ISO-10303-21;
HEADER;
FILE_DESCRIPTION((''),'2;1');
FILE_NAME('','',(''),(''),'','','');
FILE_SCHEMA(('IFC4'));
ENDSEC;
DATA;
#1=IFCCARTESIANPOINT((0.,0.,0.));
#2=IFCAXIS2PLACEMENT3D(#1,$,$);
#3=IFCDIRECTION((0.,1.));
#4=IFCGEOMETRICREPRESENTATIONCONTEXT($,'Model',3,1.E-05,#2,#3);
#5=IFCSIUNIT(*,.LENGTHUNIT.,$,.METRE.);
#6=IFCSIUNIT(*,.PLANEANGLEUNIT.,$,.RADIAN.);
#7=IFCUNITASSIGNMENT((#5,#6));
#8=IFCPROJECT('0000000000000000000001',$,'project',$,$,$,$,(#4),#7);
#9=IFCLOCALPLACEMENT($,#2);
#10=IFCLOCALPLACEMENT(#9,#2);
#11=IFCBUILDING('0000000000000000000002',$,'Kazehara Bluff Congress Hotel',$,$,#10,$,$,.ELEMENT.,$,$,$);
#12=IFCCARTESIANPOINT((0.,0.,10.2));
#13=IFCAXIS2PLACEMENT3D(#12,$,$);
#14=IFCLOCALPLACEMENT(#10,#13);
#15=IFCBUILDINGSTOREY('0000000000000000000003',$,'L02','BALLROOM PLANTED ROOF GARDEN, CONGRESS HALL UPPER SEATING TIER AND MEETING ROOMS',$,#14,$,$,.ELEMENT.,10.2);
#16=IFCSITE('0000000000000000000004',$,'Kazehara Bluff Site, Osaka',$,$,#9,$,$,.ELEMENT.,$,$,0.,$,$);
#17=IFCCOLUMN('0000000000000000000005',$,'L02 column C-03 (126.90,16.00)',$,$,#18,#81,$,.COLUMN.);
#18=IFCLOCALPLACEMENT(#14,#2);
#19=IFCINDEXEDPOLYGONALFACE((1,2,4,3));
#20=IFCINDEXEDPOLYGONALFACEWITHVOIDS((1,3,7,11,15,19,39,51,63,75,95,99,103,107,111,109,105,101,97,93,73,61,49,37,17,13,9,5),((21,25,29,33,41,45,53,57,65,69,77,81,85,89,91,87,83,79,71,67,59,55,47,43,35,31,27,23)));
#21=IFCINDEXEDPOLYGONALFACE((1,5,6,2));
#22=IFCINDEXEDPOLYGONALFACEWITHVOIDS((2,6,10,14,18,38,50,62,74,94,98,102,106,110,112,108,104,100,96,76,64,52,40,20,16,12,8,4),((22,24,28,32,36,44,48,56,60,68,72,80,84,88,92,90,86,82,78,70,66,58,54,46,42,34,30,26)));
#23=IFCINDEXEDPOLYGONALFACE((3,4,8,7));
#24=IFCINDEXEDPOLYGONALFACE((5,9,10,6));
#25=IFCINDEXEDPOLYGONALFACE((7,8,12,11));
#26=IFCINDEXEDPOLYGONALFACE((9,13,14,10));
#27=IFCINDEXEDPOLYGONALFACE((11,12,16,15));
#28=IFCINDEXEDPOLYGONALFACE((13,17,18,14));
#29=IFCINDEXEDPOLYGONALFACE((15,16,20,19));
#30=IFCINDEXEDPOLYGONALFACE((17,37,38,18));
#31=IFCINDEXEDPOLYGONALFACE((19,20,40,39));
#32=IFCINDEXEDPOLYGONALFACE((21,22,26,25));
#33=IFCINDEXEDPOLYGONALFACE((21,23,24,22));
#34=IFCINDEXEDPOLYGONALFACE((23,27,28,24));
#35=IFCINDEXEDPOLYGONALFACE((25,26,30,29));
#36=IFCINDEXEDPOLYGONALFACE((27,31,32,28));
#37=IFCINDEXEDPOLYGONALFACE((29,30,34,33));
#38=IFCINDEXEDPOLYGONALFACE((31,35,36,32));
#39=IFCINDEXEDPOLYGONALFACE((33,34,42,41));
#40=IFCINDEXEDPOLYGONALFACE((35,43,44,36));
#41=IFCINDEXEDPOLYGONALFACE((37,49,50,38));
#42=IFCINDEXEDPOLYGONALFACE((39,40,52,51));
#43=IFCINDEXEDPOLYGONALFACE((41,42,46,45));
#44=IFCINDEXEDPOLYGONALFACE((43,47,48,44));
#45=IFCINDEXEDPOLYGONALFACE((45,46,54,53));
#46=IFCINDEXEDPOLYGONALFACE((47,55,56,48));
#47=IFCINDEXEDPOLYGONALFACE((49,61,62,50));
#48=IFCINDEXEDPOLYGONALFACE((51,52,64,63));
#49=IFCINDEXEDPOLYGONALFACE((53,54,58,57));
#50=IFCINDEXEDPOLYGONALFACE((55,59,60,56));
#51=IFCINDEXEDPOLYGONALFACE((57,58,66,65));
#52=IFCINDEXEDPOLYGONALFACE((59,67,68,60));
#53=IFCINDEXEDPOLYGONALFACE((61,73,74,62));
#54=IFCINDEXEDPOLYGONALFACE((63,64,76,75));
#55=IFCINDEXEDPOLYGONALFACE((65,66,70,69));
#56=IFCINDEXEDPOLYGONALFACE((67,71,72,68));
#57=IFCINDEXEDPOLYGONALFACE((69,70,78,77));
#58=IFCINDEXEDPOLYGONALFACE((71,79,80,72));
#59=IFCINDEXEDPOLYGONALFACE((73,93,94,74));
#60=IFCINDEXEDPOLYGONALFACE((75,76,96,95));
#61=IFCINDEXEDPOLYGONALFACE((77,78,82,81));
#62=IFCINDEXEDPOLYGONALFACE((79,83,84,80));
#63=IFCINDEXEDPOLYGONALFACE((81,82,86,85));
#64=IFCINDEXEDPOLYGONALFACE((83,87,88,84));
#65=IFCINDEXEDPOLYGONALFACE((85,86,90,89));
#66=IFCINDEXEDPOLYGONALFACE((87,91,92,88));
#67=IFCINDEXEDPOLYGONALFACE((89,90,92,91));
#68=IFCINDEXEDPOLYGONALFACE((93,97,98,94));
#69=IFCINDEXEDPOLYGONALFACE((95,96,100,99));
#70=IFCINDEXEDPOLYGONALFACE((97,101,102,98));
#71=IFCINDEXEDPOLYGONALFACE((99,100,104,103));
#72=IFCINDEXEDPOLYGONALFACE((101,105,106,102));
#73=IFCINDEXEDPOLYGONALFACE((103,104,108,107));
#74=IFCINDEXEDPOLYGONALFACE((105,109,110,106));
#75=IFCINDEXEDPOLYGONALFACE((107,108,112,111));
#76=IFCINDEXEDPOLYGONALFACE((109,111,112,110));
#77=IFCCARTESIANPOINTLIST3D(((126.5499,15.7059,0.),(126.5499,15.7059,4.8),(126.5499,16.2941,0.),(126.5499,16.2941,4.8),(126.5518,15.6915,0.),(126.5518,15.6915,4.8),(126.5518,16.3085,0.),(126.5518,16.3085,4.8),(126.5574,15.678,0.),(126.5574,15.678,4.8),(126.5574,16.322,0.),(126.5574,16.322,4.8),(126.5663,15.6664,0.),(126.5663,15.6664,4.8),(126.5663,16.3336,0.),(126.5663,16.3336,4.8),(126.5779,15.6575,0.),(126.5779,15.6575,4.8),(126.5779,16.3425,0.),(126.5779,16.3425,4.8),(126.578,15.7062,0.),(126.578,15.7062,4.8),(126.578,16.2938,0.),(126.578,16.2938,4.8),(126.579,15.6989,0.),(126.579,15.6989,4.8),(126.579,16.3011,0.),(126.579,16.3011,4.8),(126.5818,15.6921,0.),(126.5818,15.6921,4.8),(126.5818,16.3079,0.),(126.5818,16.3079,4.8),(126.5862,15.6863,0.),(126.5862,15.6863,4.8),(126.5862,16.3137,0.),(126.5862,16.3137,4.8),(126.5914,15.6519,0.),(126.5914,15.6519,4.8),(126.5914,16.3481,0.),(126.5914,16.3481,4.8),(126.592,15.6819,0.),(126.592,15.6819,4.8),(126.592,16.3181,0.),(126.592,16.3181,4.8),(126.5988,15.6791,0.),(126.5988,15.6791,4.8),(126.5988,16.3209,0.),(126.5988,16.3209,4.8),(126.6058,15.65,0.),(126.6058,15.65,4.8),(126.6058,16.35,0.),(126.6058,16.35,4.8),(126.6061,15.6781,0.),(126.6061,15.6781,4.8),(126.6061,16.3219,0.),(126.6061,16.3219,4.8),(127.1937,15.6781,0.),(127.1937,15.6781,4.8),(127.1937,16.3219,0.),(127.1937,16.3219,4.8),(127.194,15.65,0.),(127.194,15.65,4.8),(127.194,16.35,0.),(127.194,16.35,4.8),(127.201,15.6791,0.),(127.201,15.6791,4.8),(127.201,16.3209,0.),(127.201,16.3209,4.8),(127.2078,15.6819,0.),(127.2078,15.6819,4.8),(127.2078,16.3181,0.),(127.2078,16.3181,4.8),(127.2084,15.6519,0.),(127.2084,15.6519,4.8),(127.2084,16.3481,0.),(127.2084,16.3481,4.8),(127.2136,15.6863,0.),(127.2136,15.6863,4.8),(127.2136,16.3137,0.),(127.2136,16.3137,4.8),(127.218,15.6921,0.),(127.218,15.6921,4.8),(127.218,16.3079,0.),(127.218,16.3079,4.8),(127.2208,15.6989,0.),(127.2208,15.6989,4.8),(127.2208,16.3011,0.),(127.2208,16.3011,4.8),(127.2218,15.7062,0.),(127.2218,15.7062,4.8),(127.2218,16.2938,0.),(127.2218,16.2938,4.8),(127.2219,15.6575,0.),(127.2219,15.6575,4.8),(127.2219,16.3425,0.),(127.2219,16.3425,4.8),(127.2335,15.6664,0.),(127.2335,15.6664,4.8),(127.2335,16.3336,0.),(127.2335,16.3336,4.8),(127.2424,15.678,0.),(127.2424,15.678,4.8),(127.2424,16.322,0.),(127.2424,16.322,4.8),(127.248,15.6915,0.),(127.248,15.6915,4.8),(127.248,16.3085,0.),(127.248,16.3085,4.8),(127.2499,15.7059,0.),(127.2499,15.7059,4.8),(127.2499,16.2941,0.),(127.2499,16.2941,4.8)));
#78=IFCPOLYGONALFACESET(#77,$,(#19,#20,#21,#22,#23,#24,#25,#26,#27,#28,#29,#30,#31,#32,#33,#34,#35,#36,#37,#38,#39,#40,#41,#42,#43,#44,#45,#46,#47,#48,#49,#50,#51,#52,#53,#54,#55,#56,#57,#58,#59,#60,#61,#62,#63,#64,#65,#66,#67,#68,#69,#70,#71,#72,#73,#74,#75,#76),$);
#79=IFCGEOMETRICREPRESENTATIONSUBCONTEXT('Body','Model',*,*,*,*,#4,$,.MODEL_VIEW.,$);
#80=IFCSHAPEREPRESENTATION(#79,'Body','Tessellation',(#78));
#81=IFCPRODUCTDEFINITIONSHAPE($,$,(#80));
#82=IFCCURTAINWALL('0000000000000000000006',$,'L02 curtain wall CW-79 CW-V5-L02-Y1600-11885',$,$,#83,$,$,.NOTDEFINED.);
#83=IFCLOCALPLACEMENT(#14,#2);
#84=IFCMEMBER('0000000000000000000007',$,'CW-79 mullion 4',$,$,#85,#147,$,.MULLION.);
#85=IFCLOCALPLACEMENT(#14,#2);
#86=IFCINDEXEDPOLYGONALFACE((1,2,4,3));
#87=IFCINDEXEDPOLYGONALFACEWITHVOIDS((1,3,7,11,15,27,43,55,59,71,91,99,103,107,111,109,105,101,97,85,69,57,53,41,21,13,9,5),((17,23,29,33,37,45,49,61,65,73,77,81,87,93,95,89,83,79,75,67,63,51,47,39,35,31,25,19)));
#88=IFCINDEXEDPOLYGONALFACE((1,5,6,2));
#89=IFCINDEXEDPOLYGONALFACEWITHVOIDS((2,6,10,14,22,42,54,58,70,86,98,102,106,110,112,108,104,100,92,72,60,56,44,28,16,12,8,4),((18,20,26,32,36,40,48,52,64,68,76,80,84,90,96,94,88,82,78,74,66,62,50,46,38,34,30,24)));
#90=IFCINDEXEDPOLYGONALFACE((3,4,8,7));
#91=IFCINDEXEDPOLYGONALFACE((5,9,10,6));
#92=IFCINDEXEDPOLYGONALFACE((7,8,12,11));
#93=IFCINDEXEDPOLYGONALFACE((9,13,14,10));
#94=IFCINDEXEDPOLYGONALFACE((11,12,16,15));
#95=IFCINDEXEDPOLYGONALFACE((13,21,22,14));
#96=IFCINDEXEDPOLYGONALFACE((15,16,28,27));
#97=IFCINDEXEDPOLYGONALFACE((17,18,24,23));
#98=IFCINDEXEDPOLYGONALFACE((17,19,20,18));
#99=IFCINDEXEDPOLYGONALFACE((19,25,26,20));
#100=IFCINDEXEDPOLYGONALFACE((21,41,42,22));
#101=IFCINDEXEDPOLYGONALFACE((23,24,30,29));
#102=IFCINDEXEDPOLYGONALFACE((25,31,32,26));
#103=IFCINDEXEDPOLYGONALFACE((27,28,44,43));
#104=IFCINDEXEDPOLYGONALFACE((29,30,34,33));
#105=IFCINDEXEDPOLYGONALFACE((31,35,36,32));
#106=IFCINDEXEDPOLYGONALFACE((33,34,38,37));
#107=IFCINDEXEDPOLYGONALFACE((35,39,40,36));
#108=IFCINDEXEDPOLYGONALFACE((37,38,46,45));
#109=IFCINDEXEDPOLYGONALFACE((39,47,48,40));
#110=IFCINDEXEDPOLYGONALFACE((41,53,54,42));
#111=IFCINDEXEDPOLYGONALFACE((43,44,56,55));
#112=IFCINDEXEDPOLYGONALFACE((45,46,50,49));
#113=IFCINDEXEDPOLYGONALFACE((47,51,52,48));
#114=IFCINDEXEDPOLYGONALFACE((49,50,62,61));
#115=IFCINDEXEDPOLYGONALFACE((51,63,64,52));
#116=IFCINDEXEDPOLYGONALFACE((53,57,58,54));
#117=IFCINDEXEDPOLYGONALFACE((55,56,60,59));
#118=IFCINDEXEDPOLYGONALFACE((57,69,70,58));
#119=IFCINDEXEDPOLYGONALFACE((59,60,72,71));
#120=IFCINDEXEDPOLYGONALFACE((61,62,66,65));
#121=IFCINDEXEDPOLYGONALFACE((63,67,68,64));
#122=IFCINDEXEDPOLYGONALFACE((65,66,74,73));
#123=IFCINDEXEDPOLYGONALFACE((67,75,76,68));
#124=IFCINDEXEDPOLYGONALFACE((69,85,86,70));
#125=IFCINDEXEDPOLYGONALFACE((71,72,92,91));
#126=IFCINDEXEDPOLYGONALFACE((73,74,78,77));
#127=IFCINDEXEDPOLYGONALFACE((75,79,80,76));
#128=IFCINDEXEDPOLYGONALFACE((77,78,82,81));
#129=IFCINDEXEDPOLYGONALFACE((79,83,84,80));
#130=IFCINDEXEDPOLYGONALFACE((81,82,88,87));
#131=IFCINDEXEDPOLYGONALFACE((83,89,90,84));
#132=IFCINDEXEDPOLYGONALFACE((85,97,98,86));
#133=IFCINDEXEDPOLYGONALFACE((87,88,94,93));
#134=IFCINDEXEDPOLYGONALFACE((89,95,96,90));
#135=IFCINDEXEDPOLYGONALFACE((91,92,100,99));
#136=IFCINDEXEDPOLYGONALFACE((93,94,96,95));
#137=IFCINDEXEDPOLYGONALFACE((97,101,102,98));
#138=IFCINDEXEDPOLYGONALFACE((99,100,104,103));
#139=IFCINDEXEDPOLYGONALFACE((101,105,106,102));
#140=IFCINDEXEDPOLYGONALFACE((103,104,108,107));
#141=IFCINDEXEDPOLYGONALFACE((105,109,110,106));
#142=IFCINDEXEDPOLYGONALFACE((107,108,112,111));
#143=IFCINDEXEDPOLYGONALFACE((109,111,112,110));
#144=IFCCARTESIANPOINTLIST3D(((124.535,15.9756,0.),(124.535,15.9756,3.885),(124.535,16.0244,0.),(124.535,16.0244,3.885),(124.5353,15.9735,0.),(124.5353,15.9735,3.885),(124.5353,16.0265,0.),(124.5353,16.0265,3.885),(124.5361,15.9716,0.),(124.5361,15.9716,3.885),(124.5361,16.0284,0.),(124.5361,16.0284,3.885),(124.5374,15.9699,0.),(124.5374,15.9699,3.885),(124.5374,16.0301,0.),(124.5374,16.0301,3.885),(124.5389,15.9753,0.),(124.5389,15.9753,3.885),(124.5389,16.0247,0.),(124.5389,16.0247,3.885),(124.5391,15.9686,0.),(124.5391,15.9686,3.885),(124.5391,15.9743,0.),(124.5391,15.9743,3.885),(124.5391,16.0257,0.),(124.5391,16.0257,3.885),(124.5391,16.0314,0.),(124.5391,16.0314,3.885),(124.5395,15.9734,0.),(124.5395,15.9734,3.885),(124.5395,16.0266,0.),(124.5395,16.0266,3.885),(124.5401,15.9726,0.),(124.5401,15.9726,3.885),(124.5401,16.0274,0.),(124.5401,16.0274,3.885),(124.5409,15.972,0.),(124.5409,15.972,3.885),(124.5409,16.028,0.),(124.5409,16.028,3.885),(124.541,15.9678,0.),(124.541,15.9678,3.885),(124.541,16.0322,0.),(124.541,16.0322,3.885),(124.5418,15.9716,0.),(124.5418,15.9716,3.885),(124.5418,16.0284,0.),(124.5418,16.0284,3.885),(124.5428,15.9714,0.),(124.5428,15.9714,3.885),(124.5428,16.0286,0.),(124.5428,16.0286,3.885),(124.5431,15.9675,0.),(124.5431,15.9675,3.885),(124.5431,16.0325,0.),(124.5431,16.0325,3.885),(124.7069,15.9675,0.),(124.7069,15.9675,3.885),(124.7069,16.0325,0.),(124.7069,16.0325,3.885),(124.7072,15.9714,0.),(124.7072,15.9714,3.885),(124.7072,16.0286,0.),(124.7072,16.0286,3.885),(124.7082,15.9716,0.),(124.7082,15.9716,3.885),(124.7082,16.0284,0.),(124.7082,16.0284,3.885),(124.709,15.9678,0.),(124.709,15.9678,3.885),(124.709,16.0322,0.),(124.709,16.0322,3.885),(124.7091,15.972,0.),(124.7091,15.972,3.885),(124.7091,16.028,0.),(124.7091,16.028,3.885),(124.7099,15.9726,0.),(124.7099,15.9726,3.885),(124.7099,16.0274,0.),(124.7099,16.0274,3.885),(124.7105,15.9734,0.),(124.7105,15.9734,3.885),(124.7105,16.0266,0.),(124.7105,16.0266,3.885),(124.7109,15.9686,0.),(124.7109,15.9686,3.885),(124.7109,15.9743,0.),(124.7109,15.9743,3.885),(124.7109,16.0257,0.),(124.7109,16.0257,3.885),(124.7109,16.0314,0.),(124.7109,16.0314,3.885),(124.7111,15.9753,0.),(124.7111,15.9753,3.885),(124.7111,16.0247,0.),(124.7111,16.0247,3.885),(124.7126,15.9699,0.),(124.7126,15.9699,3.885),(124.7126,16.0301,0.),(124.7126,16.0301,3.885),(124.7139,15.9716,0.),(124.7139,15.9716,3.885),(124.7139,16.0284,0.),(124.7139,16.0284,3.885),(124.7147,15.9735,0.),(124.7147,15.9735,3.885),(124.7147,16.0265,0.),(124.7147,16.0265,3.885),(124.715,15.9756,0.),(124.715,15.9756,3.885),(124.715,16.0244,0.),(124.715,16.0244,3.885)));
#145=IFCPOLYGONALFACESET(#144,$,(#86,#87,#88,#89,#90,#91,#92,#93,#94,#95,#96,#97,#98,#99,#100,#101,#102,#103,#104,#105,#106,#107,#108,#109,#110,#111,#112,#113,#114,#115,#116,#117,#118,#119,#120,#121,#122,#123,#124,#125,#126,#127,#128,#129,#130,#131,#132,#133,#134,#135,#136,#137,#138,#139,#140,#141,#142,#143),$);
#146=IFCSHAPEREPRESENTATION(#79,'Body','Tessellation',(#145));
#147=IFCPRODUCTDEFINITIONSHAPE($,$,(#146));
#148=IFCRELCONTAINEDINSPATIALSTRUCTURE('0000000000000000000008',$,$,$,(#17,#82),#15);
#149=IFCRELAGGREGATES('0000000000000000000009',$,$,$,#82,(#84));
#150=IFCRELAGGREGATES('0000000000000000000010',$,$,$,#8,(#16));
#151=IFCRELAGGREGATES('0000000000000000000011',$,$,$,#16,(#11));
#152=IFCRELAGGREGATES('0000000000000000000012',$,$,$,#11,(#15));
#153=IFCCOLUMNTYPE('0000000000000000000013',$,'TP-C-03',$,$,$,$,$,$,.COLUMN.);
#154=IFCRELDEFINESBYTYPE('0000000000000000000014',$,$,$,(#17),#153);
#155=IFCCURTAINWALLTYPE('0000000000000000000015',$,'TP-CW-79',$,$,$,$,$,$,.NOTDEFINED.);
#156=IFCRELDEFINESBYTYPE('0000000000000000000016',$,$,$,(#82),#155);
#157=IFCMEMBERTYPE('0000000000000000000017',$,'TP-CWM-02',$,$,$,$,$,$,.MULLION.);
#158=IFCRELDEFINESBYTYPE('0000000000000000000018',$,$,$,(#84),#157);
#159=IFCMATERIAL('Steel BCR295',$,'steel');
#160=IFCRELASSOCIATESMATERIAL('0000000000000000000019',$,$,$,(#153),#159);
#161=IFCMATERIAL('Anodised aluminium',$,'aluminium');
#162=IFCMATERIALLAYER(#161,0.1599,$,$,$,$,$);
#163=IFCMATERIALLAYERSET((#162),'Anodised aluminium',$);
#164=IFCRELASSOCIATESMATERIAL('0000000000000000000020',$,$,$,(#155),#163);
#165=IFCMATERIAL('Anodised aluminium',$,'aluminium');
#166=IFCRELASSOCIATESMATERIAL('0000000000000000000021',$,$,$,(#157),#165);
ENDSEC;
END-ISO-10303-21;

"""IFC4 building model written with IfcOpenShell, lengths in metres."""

from ifc_helpers import new_model, si_unit, direction, frame, origin, origin_2d, place, context, subcontext, project, spatial, hollow_rectangle, extrude, material, layer, layer_set, material_profile, profile_set, type_object, element, aggregate, save


model = new_model("IFC4")

# Units and contexts
model_context = context("Model", 3, precision=1e-05, world=origin(), true_north=direction((0.0, 1.0)))
body_context = subcontext(model_context, "Body", "Model", "MODEL_VIEW")
ifc_project = project(units=[si_unit("LENGTHUNIT", "METRE"), si_unit("PLANEANGLEUNIT", "RADIAN")], contexts=[model_context])

# Site, building, storey
site_placement = place(None, origin())
site = spatial("IfcSite", under=ifc_project, at=site_placement, Name="Kazehara Bluff Site, Osaka", CompositionType="ELEMENT", RefElevation=0.0)
building_placement = place(site_placement, origin())
building = spatial("IfcBuilding", under=site, at=building_placement, Name="Kazehara Bluff Congress Hotel", CompositionType="ELEMENT")
storey_placement = place(building_placement, frame((0.0, 0.0, 10.2)))
storey = spatial("IfcBuildingStorey", under=building, at=storey_placement, Name="L02", Description="BALLROOM PLANTED ROOF GARDEN, CONGRESS HALL UPPER SEATING TIER AND MEETING ROOMS", CompositionType="ELEMENT", Elevation=10.2)

# Column
ifc_material_1 = material(Name="Steel BCR295", Category="steel")
ifc_material_profile_1 = material_profile(ifc_material_1, hollow_rectangle(XDim=0.7, YDim=0.7, WallThickness=0.0281, InnerFilletRadius=0.0281, OuterFilletRadius=0.0559, at=origin_2d()))
ifc_profile_set_1 = profile_set([ifc_material_profile_1], Name="Steel BCR295")
column_type = type_object("IfcColumnType", Name="TP-C-03", PredefinedType="COLUMN", material=ifc_profile_set_1)
column_placement = place(storey_placement, frame((126.8999, 16.0, 0.0), z_axis=(0.0, 0.0, 1.0), x_axis=(1.0, 0.0, 0.0)))
element("IfcColumn", 1, at=column_placement, inside=storey, type_object=column_type, Name="L02 column C-03 (126.90,16.00)", PredefinedType="COLUMN", context=body_context, shape_type="SweptSolid", body=[
    extrude(hollow_rectangle(XDim=0.7, YDim=0.7, WallThickness=0.0281, InnerFilletRadius=0.0281, OuterFilletRadius=0.0559, at=origin_2d()), origin(), (0.0, 0.0, 1.0), 4.8),
])

# Curtain wall, member
ifc_material_2 = material(Name="Anodised aluminium", Category="aluminium")
ifc_layer_1 = layer(ifc_material_2, 0.1599)
ifc_layer_set_1 = layer_set([ifc_layer_1], Name="Anodised aluminium")
curtain_wall_type = type_object("IfcCurtainWallType", Name="TP-CW-79", PredefinedType="NOTDEFINED", material=ifc_layer_set_1)
curtain_wall_1_placement = place(storey_placement, origin())
curtain_wall_1 = element("IfcCurtainWall", 2, at=curtain_wall_1_placement, inside=storey, type_object=curtain_wall_type, Name="L02 curtain wall CW-79 CW-V5-L02-Y1600-11885", PredefinedType="NOTDEFINED")
ifc_material_3 = material(Name="Anodised aluminium", Category="aluminium")
ifc_material_profile_2 = material_profile(ifc_material_3, hollow_rectangle(XDim=0.0649, YDim=0.1799, WallThickness=0.0039, InnerFilletRadius=0.0039, OuterFilletRadius=0.0081, at=origin_2d()))
ifc_profile_set_2 = profile_set([ifc_material_profile_2], Name="Anodised aluminium")
member_type_1 = type_object("IfcMemberType", Name="TP-CWM-02", PredefinedType="MULLION", material=ifc_profile_set_2)
member_1_placement = place(storey_placement, frame((124.625, 16.0, 0.0), z_axis=(0.0, 0.0, 1.0), x_axis=(0.0, 1.0, 0.0)))
member_1 = element("IfcMember", 3, at=member_1_placement, type_object=member_type_1, Name="CW-79 mullion 4", PredefinedType="MULLION", context=body_context, shape_type="SweptSolid", body=[
    extrude(hollow_rectangle(XDim=0.0649, YDim=0.1799, WallThickness=0.0039, InnerFilletRadius=0.0039, OuterFilletRadius=0.0081, at=origin_2d()), origin(), (0.0, 0.0, 1.0), 3.885),
])

aggregate(curtain_wall_1, [member_1])

save(model, "model.ifc")
